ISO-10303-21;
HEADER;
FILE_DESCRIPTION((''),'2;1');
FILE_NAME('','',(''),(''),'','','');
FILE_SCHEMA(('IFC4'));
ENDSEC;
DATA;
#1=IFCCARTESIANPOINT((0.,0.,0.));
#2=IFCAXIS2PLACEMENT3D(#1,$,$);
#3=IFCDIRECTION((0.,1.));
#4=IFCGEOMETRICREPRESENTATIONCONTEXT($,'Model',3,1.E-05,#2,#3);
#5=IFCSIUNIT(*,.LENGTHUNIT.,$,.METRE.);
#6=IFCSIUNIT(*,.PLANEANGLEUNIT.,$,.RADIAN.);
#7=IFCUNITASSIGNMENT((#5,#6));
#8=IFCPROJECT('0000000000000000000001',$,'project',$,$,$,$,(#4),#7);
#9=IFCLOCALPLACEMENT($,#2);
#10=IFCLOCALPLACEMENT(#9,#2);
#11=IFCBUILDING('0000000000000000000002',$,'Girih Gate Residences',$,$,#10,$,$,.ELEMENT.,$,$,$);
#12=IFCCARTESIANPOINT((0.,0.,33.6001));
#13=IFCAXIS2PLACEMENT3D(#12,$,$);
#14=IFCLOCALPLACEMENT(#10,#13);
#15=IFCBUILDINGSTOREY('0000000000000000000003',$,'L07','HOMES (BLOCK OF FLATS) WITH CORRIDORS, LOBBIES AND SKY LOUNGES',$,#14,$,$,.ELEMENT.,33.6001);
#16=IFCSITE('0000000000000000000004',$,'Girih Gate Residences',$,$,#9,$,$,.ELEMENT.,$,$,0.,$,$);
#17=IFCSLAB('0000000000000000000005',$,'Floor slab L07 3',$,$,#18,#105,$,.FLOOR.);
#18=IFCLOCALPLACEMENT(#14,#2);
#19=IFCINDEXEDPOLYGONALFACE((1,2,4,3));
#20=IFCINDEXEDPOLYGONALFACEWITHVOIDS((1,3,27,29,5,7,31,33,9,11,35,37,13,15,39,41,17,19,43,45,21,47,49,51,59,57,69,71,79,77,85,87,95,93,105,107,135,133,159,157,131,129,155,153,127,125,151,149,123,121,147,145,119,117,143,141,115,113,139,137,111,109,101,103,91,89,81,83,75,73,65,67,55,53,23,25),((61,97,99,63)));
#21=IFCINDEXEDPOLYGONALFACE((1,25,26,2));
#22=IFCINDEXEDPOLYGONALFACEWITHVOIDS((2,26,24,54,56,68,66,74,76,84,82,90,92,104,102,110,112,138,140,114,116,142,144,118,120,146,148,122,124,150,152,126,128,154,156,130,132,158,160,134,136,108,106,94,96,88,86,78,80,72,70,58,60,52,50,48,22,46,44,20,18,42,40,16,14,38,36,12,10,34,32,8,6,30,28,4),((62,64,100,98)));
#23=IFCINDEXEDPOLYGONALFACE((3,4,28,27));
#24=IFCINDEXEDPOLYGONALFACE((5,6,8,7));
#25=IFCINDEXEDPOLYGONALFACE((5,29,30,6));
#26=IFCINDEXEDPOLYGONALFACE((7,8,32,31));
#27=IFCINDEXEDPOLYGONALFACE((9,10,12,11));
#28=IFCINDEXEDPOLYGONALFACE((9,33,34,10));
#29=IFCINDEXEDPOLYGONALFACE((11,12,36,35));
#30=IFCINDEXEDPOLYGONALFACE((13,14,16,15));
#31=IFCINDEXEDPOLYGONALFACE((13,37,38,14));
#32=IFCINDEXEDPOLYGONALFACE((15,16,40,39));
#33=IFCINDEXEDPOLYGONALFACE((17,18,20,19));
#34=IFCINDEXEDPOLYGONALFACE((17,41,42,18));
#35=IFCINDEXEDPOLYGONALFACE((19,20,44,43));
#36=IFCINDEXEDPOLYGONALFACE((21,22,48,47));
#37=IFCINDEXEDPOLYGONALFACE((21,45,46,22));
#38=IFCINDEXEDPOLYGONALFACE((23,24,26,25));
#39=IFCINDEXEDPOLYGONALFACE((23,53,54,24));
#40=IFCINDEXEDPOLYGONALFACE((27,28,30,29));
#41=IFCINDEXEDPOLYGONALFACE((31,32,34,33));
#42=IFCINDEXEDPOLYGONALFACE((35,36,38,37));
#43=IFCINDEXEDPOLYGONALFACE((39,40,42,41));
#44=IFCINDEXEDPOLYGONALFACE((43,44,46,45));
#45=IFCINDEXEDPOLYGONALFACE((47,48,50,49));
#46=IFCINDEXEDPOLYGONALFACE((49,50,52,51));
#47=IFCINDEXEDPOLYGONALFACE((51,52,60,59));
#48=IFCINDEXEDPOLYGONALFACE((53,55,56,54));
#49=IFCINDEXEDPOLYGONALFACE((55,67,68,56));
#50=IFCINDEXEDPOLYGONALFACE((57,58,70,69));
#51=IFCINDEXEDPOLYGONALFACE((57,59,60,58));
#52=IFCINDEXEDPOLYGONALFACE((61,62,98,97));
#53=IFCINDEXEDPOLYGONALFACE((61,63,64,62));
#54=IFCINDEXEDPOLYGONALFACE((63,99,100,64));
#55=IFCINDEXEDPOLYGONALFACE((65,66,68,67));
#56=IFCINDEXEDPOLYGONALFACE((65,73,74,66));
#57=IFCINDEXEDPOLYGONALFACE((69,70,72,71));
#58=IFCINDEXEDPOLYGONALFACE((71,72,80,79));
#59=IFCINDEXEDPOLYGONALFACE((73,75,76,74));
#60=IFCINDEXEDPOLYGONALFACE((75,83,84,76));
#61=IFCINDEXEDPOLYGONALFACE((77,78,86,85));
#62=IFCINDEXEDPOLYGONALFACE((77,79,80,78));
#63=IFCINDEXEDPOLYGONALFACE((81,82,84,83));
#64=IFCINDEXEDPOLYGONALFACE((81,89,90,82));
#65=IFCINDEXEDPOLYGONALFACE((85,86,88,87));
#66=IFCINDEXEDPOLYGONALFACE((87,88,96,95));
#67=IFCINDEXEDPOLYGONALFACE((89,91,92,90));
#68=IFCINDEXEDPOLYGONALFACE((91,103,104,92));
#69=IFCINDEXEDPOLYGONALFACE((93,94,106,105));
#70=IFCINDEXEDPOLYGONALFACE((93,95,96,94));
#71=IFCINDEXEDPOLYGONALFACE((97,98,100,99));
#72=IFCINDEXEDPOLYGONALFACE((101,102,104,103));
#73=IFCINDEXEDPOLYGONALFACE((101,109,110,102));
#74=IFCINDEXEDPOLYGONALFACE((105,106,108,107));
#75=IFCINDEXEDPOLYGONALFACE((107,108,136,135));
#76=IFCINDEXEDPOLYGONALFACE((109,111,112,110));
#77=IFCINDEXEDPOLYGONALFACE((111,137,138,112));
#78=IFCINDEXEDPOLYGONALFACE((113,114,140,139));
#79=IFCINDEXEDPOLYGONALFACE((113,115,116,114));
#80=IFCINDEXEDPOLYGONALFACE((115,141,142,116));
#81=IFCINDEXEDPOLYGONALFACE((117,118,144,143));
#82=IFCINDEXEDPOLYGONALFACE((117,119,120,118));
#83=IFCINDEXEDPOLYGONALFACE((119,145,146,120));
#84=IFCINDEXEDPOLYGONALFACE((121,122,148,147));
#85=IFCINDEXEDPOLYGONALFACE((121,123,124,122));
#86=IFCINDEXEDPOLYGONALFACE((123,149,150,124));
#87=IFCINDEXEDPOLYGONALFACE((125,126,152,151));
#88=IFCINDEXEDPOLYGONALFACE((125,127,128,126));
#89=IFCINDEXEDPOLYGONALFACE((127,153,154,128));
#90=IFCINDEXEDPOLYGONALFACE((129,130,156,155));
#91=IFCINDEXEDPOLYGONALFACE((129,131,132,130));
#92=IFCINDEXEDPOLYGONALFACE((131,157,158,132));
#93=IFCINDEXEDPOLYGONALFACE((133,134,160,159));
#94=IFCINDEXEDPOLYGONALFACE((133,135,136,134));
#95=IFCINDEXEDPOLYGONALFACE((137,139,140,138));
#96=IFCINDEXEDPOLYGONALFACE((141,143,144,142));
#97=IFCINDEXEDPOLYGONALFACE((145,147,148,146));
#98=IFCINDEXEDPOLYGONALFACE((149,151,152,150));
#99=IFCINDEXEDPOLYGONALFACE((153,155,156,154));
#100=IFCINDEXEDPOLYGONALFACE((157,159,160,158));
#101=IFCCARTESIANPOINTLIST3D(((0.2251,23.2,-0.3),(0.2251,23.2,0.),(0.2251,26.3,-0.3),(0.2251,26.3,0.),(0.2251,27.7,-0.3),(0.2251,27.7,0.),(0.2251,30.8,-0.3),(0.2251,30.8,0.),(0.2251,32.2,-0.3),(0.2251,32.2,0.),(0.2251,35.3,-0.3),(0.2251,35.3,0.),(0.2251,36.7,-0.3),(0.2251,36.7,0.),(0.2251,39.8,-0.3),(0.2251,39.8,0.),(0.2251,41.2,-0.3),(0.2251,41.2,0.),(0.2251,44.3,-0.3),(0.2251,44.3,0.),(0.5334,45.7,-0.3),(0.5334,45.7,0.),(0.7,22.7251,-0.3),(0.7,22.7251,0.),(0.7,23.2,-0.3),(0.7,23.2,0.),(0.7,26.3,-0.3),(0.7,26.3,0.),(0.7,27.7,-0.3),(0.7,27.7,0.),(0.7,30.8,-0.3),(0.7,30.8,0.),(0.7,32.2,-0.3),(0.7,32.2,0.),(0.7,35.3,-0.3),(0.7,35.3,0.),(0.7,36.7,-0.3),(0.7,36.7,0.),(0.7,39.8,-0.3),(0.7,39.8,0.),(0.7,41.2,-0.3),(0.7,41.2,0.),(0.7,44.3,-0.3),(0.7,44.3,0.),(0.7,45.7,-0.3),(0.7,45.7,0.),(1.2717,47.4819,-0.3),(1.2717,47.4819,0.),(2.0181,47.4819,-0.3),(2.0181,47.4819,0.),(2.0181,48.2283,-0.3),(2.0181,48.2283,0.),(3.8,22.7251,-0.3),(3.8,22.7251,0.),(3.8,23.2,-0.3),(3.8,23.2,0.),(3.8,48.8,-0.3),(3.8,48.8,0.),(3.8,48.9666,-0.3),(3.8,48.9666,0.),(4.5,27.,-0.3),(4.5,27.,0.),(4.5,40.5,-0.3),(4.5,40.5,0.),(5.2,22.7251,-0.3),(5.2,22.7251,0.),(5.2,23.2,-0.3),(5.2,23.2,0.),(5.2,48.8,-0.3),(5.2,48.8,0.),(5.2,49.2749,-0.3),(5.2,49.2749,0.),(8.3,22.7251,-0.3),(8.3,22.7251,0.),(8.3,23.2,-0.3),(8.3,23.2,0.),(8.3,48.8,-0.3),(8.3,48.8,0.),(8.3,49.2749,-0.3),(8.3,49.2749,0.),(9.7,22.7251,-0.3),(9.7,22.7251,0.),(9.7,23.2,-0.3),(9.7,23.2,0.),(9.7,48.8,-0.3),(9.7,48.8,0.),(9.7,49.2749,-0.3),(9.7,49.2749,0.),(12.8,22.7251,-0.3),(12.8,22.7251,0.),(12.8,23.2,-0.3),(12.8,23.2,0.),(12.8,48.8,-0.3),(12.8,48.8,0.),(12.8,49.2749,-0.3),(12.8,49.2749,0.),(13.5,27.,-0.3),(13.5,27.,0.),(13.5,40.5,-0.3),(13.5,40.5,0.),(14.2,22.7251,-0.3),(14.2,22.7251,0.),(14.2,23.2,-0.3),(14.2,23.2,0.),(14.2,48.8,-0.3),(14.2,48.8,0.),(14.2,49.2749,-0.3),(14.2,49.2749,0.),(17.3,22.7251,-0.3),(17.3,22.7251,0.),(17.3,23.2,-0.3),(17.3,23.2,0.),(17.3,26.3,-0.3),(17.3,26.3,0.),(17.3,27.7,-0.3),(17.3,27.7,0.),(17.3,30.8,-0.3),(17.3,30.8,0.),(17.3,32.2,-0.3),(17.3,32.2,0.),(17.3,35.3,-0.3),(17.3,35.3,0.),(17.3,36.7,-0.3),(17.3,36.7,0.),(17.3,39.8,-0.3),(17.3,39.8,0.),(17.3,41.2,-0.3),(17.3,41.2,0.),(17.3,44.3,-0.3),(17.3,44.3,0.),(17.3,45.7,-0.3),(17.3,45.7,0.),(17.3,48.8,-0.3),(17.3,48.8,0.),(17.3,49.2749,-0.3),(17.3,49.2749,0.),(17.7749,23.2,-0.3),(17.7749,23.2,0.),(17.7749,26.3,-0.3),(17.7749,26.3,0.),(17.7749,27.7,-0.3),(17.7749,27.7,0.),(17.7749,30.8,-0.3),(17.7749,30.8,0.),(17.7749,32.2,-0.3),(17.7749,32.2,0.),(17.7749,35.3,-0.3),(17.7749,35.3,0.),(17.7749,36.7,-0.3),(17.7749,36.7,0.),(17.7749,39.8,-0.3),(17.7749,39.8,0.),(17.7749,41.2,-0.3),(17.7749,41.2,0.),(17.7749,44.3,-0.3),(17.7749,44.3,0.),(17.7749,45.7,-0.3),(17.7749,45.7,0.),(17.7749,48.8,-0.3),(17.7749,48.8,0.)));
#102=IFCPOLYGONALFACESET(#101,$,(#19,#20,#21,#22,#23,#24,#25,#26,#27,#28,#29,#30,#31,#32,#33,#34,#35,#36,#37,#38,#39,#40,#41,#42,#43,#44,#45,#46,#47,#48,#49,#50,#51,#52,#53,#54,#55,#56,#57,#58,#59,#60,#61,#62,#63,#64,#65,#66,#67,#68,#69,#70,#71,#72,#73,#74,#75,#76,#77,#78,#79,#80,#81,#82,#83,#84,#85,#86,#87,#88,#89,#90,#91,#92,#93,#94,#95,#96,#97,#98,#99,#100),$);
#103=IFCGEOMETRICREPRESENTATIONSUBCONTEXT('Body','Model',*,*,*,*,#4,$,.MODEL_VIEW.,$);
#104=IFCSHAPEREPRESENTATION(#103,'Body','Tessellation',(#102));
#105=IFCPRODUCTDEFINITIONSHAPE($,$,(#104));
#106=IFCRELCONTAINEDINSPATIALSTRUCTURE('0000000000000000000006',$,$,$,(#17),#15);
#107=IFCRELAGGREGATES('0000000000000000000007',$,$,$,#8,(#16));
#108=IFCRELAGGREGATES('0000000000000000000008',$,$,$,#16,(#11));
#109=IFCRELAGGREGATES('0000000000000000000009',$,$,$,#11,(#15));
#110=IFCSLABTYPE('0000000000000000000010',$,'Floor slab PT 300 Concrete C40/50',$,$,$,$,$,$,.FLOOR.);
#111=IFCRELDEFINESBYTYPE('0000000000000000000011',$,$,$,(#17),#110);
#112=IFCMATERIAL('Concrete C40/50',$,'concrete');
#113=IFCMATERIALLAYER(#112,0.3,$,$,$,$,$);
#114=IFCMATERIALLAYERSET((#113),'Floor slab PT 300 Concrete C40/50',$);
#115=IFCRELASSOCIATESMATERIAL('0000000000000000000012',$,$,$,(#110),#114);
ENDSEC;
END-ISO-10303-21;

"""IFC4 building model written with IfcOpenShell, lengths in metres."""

from ifc_helpers import new_model, si_unit, direction, frame, origin, place, context, subcontext, project, spatial, polyline, outline, extrude, material, layer, layer_set, type_object, element, save


model = new_model("IFC4")

# Units and contexts
model_context = context("Model", 3, precision=1e-05, world=origin(), true_north=direction((0.0, 1.0)))
body_context = subcontext(model_context, "Body", "Model", "MODEL_VIEW")
ifc_project = project(units=[si_unit("LENGTHUNIT", "METRE"), si_unit("PLANEANGLEUNIT", "RADIAN")], contexts=[model_context])

# Site, building, storey
site_placement = place(None, origin())
site = spatial("IfcSite", under=ifc_project, at=site_placement, Name="Girih Gate Residences", CompositionType="ELEMENT", RefElevation=0.0)
building_placement = place(site_placement, origin())
building = spatial("IfcBuilding", under=site, at=building_placement, Name="Girih Gate Residences", CompositionType="ELEMENT")
storey_placement = place(building_placement, frame((0.0, 0.0, 33.6001)))
storey = spatial("IfcBuildingStorey", under=building, at=storey_placement, Name="L07", Description="HOMES (BLOCK OF FLATS) WITH CORRIDORS, LOBBIES AND SKY LOUNGES", CompositionType="ELEMENT", Elevation=33.6001)

# Slab
ifc_material_1 = material(Name="Concrete C40/50", Category="concrete")
ifc_layer_1 = layer(ifc_material_1, 0.3)
ifc_layer_set_1 = layer_set([ifc_layer_1], Name="Floor slab PT 300 Concrete C40/50")
slab_type_1 = type_object("IfcSlabType", Name="Floor slab PT 300 Concrete C40/50", PredefinedType="FLOOR", material=ifc_layer_set_1)
slab_1_placement = place(storey_placement, frame((0.0, 0.0, -0.3)))
element("IfcSlab", 1, at=slab_1_placement, inside=storey, type_object=slab_type_1, Name="Floor slab L07 3", PredefinedType="FLOOR", context=body_context, shape_type="SweptSolid", body=[
    extrude(outline(polyline([(0.2251, 26.3), (0.2251, 23.2), (0.7, 23.2), (0.7, 22.7251), (3.8, 22.7251), (3.8, 23.2), (5.2, 23.2), (5.2, 22.7251), (8.3, 22.7251), (8.3, 23.2), (9.7, 23.2), (9.7, 22.7251), (12.8, 22.7251), (12.8, 23.2), (14.2, 23.2), (14.2, 22.7251), (17.3, 22.7251), (17.3, 23.2), (17.7749, 23.2), (17.7749, 26.3), (17.3, 26.3), (17.3, 27.7), (17.7749, 27.7), (17.7749, 30.8), (17.3, 30.8), (17.3, 32.2), (17.7749, 32.2), (17.7749, 35.3), (17.3, 35.3), (17.3, 36.7), (17.7749, 36.7), (17.7749, 39.8), (17.3, 39.8), (17.3, 41.2), (17.7749, 41.2), (17.7749, 44.3), (17.3, 44.3), (17.3, 45.7), (17.7749, 45.7), (17.7749, 48.8), (17.3, 48.8), (17.3, 49.2749), (14.2, 49.2749), (14.2, 48.8), (12.8, 48.8), (12.8, 49.2749), (9.7, 49.2749), (9.7, 48.8), (8.3, 48.8), (8.3, 49.2749), (5.2, 49.2749), (5.2, 48.8), (3.8, 48.8), (3.8, 48.9666), (2.0181, 48.2283), (2.0181, 47.4819), (1.2717, 47.4819), (0.5334, 45.7), (0.7, 45.7), (0.7, 44.3), (0.2251, 44.3), (0.2251, 41.2), (0.7, 41.2), (0.7, 39.8), (0.2251, 39.8), (0.2251, 36.7), (0.7, 36.7), (0.7, 35.3), (0.2251, 35.3), (0.2251, 32.2), (0.7, 32.2), (0.7, 30.8), (0.2251, 30.8), (0.2251, 27.7), (0.7, 27.7), (0.7, 26.3), (0.2251, 26.3)]), holes=[polyline([(13.5, 40.5), (13.5, 27.0), (4.5, 27.0), (4.5, 40.5), (13.5, 40.5)])]), origin(), (0.0, 0.0, 1.0), 0.3),
])

save(model, "model.ifc")
